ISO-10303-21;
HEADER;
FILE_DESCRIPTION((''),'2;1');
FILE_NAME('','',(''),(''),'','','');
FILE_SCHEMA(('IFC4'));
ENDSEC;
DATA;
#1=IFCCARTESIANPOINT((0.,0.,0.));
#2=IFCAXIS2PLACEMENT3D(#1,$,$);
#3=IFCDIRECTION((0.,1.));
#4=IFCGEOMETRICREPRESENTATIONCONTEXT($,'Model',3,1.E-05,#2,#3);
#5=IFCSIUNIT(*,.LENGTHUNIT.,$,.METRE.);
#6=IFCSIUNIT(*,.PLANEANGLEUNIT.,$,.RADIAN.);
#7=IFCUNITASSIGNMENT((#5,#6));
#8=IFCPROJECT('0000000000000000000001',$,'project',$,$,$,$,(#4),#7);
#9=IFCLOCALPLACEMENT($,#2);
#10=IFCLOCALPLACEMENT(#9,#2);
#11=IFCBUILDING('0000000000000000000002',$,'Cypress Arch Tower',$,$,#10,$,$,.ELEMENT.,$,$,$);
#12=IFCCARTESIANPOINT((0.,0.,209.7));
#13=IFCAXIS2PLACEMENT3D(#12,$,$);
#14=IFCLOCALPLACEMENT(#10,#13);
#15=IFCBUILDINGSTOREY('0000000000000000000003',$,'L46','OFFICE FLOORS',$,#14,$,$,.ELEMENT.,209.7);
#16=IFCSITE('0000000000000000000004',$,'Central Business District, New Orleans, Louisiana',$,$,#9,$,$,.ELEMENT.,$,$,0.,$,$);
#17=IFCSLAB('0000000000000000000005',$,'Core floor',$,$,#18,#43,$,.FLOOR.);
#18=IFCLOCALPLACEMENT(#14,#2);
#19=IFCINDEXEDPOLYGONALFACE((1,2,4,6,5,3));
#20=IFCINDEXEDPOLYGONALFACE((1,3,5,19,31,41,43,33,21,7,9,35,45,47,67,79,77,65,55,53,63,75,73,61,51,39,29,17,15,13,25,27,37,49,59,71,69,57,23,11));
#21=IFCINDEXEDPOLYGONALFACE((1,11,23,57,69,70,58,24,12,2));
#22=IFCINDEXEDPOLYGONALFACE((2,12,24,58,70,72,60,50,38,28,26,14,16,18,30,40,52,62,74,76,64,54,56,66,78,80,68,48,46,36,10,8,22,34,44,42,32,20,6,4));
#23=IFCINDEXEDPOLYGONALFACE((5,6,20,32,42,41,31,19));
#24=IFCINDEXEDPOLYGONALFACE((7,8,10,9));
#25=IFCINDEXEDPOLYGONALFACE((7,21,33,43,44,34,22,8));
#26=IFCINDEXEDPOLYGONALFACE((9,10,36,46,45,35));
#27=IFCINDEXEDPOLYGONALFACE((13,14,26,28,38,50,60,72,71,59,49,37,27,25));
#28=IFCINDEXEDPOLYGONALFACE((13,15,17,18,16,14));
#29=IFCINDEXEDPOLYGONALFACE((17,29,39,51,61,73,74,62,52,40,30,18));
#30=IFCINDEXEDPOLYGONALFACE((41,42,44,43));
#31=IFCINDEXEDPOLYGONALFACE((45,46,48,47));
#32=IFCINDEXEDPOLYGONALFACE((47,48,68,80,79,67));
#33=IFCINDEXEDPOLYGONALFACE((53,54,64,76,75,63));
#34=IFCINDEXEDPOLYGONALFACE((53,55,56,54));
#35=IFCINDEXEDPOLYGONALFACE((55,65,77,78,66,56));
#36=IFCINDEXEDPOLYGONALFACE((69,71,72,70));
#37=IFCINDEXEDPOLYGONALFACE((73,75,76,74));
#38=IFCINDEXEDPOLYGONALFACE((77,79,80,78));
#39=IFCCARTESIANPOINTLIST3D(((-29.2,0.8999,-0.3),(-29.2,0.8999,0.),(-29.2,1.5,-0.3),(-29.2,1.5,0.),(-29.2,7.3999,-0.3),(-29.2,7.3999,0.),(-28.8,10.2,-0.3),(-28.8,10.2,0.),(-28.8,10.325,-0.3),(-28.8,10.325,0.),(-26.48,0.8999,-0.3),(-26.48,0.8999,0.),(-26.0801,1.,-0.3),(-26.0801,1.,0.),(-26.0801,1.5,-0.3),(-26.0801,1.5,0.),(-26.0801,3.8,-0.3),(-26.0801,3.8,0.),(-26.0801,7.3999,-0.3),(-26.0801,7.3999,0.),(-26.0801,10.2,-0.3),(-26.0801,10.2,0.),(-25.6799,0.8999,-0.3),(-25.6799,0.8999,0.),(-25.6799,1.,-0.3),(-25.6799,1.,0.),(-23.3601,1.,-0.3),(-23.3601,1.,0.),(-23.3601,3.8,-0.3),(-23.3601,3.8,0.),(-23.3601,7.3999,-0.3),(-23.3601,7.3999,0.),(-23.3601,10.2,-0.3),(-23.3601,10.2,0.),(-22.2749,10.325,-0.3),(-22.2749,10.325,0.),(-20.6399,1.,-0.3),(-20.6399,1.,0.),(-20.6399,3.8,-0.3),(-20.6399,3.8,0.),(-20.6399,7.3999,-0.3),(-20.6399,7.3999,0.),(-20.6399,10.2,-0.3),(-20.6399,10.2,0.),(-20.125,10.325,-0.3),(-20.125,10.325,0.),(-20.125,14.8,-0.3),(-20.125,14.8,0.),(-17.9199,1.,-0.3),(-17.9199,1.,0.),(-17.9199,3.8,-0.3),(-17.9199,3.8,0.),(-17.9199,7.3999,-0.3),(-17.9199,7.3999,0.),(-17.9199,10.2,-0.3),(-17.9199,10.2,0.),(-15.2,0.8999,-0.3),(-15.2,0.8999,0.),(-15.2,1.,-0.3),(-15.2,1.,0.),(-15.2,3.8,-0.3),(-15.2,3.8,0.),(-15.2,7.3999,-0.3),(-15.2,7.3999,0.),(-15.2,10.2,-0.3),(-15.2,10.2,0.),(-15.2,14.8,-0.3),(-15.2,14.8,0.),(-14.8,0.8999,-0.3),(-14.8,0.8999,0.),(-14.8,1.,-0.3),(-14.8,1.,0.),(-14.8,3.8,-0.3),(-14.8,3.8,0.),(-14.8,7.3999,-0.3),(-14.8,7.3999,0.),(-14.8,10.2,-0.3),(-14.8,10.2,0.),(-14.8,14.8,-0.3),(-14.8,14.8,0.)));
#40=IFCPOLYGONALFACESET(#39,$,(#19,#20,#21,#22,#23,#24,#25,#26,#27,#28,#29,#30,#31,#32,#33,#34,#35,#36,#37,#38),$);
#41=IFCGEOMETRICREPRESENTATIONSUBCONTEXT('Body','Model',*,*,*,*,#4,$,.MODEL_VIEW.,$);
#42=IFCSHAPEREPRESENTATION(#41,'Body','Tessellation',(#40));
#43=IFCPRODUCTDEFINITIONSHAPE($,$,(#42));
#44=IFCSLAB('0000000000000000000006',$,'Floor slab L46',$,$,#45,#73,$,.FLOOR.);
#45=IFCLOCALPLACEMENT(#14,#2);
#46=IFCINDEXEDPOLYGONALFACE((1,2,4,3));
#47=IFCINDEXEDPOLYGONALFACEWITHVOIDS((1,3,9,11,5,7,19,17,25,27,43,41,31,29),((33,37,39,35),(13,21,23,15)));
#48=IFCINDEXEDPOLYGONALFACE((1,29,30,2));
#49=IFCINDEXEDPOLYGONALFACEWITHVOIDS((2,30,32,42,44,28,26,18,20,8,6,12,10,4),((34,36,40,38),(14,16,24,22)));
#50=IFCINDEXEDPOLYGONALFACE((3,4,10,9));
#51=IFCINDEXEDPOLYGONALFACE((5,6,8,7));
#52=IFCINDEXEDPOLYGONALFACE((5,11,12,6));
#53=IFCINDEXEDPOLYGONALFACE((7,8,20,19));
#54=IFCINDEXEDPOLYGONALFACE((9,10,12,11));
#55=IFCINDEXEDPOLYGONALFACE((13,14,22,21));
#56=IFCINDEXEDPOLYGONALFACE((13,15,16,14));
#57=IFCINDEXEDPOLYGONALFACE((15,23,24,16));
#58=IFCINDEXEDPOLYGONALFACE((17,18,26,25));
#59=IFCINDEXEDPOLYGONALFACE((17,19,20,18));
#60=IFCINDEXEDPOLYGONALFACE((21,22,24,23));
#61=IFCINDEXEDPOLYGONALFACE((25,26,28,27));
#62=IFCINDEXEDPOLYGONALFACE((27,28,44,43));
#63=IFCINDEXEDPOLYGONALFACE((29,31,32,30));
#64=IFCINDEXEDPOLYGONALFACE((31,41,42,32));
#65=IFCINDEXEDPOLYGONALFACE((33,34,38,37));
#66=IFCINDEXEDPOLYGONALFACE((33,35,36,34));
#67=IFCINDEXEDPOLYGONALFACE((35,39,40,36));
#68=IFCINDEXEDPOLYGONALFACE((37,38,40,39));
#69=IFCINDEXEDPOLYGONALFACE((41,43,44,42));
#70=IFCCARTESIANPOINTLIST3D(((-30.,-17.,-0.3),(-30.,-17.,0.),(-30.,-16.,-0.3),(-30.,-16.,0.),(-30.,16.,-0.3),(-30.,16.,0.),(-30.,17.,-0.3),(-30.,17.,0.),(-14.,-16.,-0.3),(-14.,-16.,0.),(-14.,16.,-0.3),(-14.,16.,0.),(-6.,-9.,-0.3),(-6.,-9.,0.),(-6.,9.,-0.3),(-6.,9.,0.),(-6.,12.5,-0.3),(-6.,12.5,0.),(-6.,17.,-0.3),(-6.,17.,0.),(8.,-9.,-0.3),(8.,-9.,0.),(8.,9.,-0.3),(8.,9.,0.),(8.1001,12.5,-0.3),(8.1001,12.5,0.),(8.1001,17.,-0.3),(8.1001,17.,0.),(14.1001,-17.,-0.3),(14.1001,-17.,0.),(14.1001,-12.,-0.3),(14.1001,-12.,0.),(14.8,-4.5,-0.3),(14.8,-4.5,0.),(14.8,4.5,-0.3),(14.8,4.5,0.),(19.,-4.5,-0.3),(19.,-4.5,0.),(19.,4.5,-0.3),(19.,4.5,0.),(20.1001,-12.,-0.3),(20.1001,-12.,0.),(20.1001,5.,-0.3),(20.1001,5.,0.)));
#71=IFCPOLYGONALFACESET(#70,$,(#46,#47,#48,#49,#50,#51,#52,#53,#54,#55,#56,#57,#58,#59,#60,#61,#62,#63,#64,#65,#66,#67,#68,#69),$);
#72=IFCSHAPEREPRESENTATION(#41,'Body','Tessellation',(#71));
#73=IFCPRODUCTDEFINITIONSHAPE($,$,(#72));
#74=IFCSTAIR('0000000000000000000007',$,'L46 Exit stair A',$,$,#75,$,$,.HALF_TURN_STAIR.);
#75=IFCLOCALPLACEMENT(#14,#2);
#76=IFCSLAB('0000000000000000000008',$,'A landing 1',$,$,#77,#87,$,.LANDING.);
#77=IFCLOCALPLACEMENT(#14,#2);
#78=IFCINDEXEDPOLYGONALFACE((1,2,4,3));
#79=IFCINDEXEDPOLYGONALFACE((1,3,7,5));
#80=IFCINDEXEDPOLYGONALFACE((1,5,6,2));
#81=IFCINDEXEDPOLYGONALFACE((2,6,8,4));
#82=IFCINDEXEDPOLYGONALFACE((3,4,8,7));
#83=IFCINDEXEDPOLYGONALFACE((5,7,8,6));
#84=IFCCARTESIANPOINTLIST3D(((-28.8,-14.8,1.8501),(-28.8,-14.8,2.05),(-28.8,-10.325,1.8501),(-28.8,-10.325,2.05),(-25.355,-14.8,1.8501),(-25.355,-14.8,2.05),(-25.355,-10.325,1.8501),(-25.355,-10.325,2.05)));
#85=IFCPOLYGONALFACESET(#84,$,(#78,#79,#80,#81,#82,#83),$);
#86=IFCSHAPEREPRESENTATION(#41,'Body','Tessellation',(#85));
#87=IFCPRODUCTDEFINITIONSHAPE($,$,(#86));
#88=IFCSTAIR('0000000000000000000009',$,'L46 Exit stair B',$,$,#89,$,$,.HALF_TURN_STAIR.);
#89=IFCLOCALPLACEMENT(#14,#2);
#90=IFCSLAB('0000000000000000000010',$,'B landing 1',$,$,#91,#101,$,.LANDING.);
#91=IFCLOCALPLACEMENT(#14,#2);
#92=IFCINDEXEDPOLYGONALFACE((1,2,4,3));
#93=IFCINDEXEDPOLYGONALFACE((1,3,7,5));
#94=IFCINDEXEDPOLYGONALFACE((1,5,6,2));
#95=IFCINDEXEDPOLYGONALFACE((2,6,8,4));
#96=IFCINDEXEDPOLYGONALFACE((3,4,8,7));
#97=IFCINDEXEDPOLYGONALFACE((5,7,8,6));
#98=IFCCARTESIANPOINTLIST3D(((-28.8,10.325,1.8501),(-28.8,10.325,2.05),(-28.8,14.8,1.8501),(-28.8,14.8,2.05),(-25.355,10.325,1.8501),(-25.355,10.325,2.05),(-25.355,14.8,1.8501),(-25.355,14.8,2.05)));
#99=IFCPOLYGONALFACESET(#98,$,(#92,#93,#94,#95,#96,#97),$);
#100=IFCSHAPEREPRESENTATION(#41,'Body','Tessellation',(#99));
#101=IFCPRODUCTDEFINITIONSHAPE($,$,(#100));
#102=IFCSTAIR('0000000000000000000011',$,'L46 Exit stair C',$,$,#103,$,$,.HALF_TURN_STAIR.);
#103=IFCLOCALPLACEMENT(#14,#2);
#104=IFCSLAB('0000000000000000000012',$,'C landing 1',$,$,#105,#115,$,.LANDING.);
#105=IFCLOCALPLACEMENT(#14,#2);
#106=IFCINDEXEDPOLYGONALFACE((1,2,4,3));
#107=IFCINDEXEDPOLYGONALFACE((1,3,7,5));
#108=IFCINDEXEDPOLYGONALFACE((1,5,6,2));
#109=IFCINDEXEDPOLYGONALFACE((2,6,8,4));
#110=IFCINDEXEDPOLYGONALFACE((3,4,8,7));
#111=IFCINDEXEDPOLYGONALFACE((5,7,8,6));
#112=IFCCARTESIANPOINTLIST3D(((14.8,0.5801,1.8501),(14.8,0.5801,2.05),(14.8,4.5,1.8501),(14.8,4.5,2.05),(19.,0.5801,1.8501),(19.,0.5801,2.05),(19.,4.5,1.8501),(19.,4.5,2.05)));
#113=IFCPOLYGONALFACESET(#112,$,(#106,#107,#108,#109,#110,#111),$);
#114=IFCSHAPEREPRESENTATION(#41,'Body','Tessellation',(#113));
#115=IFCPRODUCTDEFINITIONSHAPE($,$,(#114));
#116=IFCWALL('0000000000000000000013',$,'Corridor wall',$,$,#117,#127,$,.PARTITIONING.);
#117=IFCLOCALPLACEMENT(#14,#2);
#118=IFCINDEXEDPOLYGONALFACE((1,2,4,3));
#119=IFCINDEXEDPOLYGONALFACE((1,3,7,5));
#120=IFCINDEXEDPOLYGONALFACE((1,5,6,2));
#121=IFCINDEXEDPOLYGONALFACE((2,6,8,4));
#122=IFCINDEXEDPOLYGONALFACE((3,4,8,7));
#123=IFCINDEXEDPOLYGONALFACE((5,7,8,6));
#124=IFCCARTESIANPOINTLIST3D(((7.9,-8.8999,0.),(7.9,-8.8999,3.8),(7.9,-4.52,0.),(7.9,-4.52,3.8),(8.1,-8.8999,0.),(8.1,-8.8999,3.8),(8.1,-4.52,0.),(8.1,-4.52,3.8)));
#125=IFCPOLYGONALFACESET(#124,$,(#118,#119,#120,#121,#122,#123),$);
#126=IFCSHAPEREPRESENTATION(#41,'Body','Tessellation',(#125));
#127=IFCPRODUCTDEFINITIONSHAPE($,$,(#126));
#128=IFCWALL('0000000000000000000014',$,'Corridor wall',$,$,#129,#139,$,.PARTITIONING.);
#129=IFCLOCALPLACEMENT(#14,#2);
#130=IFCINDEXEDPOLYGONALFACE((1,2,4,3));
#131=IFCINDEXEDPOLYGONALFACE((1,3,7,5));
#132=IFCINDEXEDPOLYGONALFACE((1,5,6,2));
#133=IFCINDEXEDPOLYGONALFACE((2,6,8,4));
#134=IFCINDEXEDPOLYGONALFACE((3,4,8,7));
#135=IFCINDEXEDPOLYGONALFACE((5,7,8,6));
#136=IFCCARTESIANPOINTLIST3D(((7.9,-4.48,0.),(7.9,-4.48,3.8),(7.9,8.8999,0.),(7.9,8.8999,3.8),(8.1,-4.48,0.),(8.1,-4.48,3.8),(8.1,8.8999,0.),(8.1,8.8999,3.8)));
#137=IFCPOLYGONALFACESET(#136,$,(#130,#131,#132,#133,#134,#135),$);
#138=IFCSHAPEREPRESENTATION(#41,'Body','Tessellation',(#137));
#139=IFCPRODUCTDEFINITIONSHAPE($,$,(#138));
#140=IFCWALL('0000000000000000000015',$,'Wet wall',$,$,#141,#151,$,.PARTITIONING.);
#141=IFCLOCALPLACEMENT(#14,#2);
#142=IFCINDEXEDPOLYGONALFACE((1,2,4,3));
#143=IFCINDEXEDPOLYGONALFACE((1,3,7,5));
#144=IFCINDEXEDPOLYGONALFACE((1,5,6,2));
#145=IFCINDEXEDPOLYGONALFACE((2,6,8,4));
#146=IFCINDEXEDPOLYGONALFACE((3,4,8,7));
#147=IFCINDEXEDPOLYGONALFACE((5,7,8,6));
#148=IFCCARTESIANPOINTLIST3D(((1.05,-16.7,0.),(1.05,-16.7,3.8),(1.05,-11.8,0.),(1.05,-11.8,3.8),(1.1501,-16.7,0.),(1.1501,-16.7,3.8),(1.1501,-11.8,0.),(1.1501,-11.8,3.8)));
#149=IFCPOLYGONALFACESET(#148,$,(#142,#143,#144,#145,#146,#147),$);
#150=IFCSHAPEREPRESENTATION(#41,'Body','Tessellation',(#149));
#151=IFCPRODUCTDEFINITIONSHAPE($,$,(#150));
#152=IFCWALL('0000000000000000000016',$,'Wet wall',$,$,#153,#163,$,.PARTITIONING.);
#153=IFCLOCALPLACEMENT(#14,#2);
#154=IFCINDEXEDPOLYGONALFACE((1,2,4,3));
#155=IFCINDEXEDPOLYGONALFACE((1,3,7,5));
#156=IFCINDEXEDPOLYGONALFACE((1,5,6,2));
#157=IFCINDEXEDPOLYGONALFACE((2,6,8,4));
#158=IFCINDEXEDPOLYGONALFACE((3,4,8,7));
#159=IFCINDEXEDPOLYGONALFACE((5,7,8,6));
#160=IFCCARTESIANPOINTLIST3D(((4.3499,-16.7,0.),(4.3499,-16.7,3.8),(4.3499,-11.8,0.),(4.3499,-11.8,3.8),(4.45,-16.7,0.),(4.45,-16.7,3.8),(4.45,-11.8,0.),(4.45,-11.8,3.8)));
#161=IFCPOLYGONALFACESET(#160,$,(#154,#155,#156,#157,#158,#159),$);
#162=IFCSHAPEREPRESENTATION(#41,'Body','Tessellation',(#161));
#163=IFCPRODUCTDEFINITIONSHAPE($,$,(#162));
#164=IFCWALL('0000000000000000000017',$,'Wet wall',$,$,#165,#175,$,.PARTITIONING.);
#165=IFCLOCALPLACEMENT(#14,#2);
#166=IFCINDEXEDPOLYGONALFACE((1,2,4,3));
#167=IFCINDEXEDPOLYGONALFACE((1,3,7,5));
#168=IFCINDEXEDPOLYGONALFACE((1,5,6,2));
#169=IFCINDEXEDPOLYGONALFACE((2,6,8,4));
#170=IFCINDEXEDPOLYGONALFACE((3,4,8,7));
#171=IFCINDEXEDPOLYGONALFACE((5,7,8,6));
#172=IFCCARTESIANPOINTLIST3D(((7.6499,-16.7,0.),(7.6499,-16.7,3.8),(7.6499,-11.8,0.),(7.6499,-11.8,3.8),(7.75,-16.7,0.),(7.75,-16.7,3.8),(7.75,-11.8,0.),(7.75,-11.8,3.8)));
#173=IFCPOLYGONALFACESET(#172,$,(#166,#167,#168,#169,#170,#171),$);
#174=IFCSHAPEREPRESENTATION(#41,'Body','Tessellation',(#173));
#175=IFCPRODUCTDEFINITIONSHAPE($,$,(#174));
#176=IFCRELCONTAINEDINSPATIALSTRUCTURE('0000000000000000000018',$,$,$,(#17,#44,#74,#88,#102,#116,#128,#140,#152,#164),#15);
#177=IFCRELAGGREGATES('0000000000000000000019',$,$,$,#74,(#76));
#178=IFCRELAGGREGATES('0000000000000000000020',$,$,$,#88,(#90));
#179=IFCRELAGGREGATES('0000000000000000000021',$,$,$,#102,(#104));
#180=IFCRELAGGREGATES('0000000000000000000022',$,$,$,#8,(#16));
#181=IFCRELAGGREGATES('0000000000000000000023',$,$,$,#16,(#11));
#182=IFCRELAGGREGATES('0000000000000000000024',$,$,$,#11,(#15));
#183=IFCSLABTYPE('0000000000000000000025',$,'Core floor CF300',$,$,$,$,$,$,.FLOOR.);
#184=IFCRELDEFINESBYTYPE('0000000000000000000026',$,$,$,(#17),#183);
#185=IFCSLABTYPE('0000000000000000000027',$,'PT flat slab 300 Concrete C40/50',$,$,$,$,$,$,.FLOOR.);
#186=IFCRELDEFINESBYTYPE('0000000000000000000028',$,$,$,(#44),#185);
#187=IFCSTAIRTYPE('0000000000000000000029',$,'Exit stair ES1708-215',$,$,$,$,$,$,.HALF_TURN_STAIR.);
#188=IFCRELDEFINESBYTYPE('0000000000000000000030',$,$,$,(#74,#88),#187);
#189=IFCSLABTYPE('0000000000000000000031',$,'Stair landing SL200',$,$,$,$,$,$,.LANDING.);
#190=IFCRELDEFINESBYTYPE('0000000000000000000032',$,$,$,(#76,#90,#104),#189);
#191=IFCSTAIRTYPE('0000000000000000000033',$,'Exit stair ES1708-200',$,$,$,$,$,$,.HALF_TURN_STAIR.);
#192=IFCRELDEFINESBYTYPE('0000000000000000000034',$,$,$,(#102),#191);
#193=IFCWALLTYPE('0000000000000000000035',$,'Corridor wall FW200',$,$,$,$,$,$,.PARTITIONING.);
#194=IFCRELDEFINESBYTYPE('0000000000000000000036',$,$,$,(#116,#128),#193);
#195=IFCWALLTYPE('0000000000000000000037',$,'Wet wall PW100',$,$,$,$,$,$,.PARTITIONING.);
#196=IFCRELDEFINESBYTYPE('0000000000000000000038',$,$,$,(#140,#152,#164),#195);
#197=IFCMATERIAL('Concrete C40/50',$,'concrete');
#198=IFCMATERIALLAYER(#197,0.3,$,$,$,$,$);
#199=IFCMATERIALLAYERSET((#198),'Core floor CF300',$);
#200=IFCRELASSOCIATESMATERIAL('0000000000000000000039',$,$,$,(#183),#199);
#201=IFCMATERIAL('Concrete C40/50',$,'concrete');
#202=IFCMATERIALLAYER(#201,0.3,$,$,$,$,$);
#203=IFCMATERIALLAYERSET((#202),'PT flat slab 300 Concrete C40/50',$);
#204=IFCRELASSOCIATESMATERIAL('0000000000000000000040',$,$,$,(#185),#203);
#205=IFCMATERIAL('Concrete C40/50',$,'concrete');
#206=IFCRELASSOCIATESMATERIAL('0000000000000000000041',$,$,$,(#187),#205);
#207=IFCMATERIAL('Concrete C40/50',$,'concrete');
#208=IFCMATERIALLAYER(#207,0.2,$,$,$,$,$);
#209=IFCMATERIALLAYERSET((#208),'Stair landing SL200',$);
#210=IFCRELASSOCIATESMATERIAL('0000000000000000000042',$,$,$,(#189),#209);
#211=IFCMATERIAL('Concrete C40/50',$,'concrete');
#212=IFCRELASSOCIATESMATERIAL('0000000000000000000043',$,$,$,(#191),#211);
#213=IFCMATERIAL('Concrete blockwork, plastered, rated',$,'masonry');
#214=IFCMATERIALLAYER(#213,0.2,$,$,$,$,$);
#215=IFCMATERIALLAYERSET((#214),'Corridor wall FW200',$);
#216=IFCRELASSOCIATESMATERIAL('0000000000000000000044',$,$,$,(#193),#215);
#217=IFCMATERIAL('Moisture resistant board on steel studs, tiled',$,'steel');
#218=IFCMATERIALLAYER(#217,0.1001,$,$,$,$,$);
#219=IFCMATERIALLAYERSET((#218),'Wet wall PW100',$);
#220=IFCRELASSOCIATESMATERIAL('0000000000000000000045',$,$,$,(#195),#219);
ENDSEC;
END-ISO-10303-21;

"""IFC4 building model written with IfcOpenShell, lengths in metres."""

from ifc_helpers import new_model, si_unit, direction, frame, frame_2d, origin, place, context, subcontext, project, spatial, polyline, rectangle, outline, extrude, material, layer, layer_set, type_object, element, aggregate, save


model = new_model("IFC4")

# Units and contexts
model_context = context("Model", 3, precision=1e-05, world=origin(), true_north=direction((0.0, 1.0)))
body_context = subcontext(model_context, "Body", "Model", "MODEL_VIEW")
ifc_project = project(units=[si_unit("LENGTHUNIT", "METRE"), si_unit("PLANEANGLEUNIT", "RADIAN")], contexts=[model_context])

# Site, building, storey
site_placement = place(None, origin())
site = spatial("IfcSite", under=ifc_project, at=site_placement, Name="Central Business District, New Orleans, Louisiana", CompositionType="ELEMENT", RefElevation=0.0)
building_placement = place(site_placement, origin())
building = spatial("IfcBuilding", under=site, at=building_placement, Name="Cypress Arch Tower", CompositionType="ELEMENT")
storey_placement = place(building_placement, frame((0.0, 0.0, 209.7)))
storey = spatial("IfcBuildingStorey", under=building, at=storey_placement, Name="L46", Description="OFFICE FLOORS", CompositionType="ELEMENT", Elevation=209.7)

# Slabs
ifc_material_1 = material(Name="Concrete C40/50", Category="concrete")
ifc_layer_1 = layer(ifc_material_1, 0.3)
ifc_layer_set_1 = layer_set([ifc_layer_1], Name="Core floor CF300")
slab_type_1 = type_object("IfcSlabType", Name="Core floor CF300", PredefinedType="FLOOR", material=ifc_layer_set_1)
slab_1_placement = place(storey_placement, frame((0.0, 0.0, -0.3)))
element("IfcSlab", 1, at=slab_1_placement, inside=storey, type_object=slab_type_1, Name="Core floor", PredefinedType="FLOOR", context=body_context, shape_type="SweptSolid", body=[
    extrude(outline(polyline([(-20.6399, 7.3999), (-20.6399, 10.2), (-23.3601, 10.2), (-26.0801, 10.2), (-28.8, 10.2), (-28.8, 10.325), (-22.2749, 10.325), (-20.125, 10.325), (-20.125, 14.8), (-15.2, 14.8), (-14.8, 14.8), (-14.8, 10.2), (-15.2, 10.2), (-17.9199, 10.2), (-17.9199, 7.3999), (-15.2, 7.3999), (-14.8, 7.3999), (-14.8, 3.8), (-15.2, 3.8), (-17.9199, 3.8), (-20.6399, 3.8), (-23.3601, 3.8), (-26.0801, 3.8), (-26.0801, 1.5), (-26.0801, 1.5), (-26.0801, 1.0), (-25.6799, 1.0), (-23.3601, 1.0), (-20.6399, 1.0), (-17.9199, 1.0), (-15.2, 1.0), (-14.8, 1.0), (-14.8, 0.8999), (-15.2, 0.8999), (-25.6799, 0.8999), (-26.48, 0.8999), (-29.2, 0.8999), (-29.2, 1.5), (-29.2, 7.3999), (-26.0801, 7.3999), (-23.3601, 7.3999), (-20.6399, 7.3999)])), origin(), (0.0, 0.0, 1.0), 0.3),
])
ifc_material_2 = material(Name="Concrete C40/50", Category="concrete")
ifc_layer_2 = layer(ifc_material_2, 0.3)
ifc_layer_set_2 = layer_set([ifc_layer_2], Name="PT flat slab 300 Concrete C40/50")
slab_type_2 = type_object("IfcSlabType", Name="PT flat slab 300 Concrete C40/50", PredefinedType="FLOOR", material=ifc_layer_set_2)
slab_2_placement = place(storey_placement, frame((0.0, 0.0, -0.3)))
element("IfcSlab", 2, at=slab_2_placement, inside=storey, type_object=slab_type_2, Name="Floor slab L46", PredefinedType="FLOOR", context=body_context, shape_type="SweptSolid", body=[
    extrude(outline(polyline([(-30.0, 17.0), (-6.0, 17.0), (-6.0, 12.5), (8.1001, 12.5), (8.1001, 17.0), (20.1001, 5.0), (20.1001, -12.0), (14.1001, -12.0), (14.1001, -17.0), (-30.0, -17.0), (-30.0, -16.0), (-14.0, -16.0), (-14.0, 16.0), (-30.0, 16.0), (-30.0, 17.0)]), holes=[polyline([(-6.0, -9.0), (8.0, -9.0), (8.0, 9.0), (-6.0, 9.0), (-6.0, -9.0)]), polyline([(14.8, -4.5), (19.0, -4.5), (19.0, 4.5), (14.8, 4.5), (14.8, -4.5)])]), origin(), (0.0, 0.0, 1.0), 0.3),
])

# Stairs, slabs
ifc_material_3 = material(Name="Concrete C40/50", Category="concrete")
stair_type_1 = type_object("IfcStairType", Name="Exit stair ES1708-215", PredefinedType="HALF_TURN_STAIR", material=ifc_material_3)
stair_1_placement = place(storey_placement, origin())
stair_1 = element("IfcStair", 3, at=stair_1_placement, inside=storey, type_object=stair_type_1, Name="L46 Exit stair A", PredefinedType="HALF_TURN_STAIR")
ifc_material_4 = material(Name="Concrete C40/50", Category="concrete")
ifc_layer_3 = layer(ifc_material_4, 0.2)
ifc_layer_set_3 = layer_set([ifc_layer_3], Name="Stair landing SL200")
slab_type_3 = type_object("IfcSlabType", Name="Stair landing SL200", PredefinedType="LANDING", material=ifc_layer_set_3)
slab_3_placement = place(storey_placement, frame((0.0, 0.0, 1.8501)))
slab_3 = element("IfcSlab", 4, at=slab_3_placement, type_object=slab_type_3, Name="A landing 1", PredefinedType="LANDING", context=body_context, shape_type="SweptSolid", body=[
    extrude(outline(polyline([(-25.355, -10.325), (-28.8, -10.325), (-28.8, -14.8), (-25.355, -14.8), (-25.355, -10.325)])), origin(), (0.0, 0.0, 1.0), 0.2),
])
aggregate(stair_1, [slab_3])
stair_2_placement = place(storey_placement, origin())
stair_2 = element("IfcStair", 5, at=stair_2_placement, inside=storey, type_object=stair_type_1, Name="L46 Exit stair B", PredefinedType="HALF_TURN_STAIR")
slab_4_placement = place(storey_placement, frame((0.0, 0.0, 1.8501)))
slab_4 = element("IfcSlab", 6, at=slab_4_placement, type_object=slab_type_3, Name="B landing 1", PredefinedType="LANDING", context=body_context, shape_type="SweptSolid", body=[
    extrude(outline(polyline([(-25.355, 14.8), (-28.8, 14.8), (-28.8, 10.325), (-25.355, 10.325), (-25.355, 14.8)])), origin(), (0.0, 0.0, 1.0), 0.2),
])
aggregate(stair_2, [slab_4])
ifc_material_5 = material(Name="Concrete C40/50", Category="concrete")
stair_type_2 = type_object("IfcStairType", Name="Exit stair ES1708-200", PredefinedType="HALF_TURN_STAIR", material=ifc_material_5)
stair_3_placement = place(storey_placement, origin())
stair_3 = element("IfcStair", 7, at=stair_3_placement, inside=storey, type_object=stair_type_2, Name="L46 Exit stair C", PredefinedType="HALF_TURN_STAIR")
slab_5_placement = place(storey_placement, frame((0.0, 0.0, 1.8501)))
slab_5 = element("IfcSlab", 8, at=slab_5_placement, type_object=slab_type_3, Name="C landing 1", PredefinedType="LANDING", context=body_context, shape_type="SweptSolid", body=[
    extrude(outline(polyline([(19.0, 0.5801), (19.0, 4.5), (14.8, 4.5), (14.8, 0.5801), (19.0, 0.5801)])), origin(), (0.0, 0.0, 1.0), 0.2),
])
aggregate(stair_3, [slab_5])

# Walls
ifc_material_6 = material(Name="Concrete blockwork, plastered, rated", Category="masonry")
ifc_layer_4 = layer(ifc_material_6, 0.2)
ifc_layer_set_4 = layer_set([ifc_layer_4], Name="Corridor wall FW200")
wall_type_1 = type_object("IfcWallType", Name="Corridor wall FW200", PredefinedType="PARTITIONING", material=ifc_layer_set_4)
wall_1_placement = place(storey_placement, frame((8.0, -8.8999, 0.0), z_axis=(0.0, 0.0, 1.0), x_axis=(0.0, 1.0, 0.0)))
element("IfcWall", 9, at=wall_1_placement, inside=storey, type_object=wall_type_1, Name="Corridor wall", PredefinedType="PARTITIONING", context=body_context, shape_type="SweptSolid", body=[
    extrude(rectangle(XDim=4.3799, YDim=0.2, at=frame_2d((2.1899, 0.0))), origin(), (0.0, 0.0, 1.0), 3.8),
])
wall_2_placement = place(storey_placement, frame((8.0, -4.48, 0.0), z_axis=(0.0, 0.0, 1.0), x_axis=(0.0, 1.0, 0.0)))
element("IfcWall", 10, at=wall_2_placement, inside=storey, type_object=wall_type_1, Name="Corridor wall", PredefinedType="PARTITIONING", context=body_context, shape_type="SweptSolid", body=[
    extrude(rectangle(XDim=13.3799, YDim=0.2, at=frame_2d((6.6899, 0.0))), origin(), (0.0, 0.0, 1.0), 3.8),
])
ifc_material_7 = material(Name="Moisture resistant board on steel studs, tiled", Category="steel")
ifc_layer_5 = layer(ifc_material_7, 0.1001)
ifc_layer_set_5 = layer_set([ifc_layer_5], Name="Wet wall PW100")
wall_type_2 = type_object("IfcWallType", Name="Wet wall PW100", PredefinedType="PARTITIONING", material=ifc_layer_set_5)
for number, where, z_axis, x_axis, name in (
    (11, (1.1001, -16.7, 0.0), (0.0, 0.0, 1.0), (0.0, 1.0, 0.0), "Wet wall"),
    (12, (4.3999, -16.7, 0.0), (0.0, 0.0, 1.0), (0.0, 1.0, 0.0), "Wet wall"),
    (13, (7.7, -16.7, 0.0), (0.0, 0.0, 1.0), (0.0, 1.0, 0.0), "Wet wall"),
):
    element("IfcWall", number, at=place(storey_placement, frame(where, z_axis=z_axis, x_axis=x_axis)), inside=storey, type_object=wall_type_2, Name=name, PredefinedType="PARTITIONING", context=body_context, shape_type="SweptSolid", body=[
        extrude(rectangle(XDim=4.8999, YDim=0.1001, at=frame_2d((2.45, 0.0))), origin(), (0.0, 0.0, 1.0), 3.8),
    ])

save(model, "model.ifc")
